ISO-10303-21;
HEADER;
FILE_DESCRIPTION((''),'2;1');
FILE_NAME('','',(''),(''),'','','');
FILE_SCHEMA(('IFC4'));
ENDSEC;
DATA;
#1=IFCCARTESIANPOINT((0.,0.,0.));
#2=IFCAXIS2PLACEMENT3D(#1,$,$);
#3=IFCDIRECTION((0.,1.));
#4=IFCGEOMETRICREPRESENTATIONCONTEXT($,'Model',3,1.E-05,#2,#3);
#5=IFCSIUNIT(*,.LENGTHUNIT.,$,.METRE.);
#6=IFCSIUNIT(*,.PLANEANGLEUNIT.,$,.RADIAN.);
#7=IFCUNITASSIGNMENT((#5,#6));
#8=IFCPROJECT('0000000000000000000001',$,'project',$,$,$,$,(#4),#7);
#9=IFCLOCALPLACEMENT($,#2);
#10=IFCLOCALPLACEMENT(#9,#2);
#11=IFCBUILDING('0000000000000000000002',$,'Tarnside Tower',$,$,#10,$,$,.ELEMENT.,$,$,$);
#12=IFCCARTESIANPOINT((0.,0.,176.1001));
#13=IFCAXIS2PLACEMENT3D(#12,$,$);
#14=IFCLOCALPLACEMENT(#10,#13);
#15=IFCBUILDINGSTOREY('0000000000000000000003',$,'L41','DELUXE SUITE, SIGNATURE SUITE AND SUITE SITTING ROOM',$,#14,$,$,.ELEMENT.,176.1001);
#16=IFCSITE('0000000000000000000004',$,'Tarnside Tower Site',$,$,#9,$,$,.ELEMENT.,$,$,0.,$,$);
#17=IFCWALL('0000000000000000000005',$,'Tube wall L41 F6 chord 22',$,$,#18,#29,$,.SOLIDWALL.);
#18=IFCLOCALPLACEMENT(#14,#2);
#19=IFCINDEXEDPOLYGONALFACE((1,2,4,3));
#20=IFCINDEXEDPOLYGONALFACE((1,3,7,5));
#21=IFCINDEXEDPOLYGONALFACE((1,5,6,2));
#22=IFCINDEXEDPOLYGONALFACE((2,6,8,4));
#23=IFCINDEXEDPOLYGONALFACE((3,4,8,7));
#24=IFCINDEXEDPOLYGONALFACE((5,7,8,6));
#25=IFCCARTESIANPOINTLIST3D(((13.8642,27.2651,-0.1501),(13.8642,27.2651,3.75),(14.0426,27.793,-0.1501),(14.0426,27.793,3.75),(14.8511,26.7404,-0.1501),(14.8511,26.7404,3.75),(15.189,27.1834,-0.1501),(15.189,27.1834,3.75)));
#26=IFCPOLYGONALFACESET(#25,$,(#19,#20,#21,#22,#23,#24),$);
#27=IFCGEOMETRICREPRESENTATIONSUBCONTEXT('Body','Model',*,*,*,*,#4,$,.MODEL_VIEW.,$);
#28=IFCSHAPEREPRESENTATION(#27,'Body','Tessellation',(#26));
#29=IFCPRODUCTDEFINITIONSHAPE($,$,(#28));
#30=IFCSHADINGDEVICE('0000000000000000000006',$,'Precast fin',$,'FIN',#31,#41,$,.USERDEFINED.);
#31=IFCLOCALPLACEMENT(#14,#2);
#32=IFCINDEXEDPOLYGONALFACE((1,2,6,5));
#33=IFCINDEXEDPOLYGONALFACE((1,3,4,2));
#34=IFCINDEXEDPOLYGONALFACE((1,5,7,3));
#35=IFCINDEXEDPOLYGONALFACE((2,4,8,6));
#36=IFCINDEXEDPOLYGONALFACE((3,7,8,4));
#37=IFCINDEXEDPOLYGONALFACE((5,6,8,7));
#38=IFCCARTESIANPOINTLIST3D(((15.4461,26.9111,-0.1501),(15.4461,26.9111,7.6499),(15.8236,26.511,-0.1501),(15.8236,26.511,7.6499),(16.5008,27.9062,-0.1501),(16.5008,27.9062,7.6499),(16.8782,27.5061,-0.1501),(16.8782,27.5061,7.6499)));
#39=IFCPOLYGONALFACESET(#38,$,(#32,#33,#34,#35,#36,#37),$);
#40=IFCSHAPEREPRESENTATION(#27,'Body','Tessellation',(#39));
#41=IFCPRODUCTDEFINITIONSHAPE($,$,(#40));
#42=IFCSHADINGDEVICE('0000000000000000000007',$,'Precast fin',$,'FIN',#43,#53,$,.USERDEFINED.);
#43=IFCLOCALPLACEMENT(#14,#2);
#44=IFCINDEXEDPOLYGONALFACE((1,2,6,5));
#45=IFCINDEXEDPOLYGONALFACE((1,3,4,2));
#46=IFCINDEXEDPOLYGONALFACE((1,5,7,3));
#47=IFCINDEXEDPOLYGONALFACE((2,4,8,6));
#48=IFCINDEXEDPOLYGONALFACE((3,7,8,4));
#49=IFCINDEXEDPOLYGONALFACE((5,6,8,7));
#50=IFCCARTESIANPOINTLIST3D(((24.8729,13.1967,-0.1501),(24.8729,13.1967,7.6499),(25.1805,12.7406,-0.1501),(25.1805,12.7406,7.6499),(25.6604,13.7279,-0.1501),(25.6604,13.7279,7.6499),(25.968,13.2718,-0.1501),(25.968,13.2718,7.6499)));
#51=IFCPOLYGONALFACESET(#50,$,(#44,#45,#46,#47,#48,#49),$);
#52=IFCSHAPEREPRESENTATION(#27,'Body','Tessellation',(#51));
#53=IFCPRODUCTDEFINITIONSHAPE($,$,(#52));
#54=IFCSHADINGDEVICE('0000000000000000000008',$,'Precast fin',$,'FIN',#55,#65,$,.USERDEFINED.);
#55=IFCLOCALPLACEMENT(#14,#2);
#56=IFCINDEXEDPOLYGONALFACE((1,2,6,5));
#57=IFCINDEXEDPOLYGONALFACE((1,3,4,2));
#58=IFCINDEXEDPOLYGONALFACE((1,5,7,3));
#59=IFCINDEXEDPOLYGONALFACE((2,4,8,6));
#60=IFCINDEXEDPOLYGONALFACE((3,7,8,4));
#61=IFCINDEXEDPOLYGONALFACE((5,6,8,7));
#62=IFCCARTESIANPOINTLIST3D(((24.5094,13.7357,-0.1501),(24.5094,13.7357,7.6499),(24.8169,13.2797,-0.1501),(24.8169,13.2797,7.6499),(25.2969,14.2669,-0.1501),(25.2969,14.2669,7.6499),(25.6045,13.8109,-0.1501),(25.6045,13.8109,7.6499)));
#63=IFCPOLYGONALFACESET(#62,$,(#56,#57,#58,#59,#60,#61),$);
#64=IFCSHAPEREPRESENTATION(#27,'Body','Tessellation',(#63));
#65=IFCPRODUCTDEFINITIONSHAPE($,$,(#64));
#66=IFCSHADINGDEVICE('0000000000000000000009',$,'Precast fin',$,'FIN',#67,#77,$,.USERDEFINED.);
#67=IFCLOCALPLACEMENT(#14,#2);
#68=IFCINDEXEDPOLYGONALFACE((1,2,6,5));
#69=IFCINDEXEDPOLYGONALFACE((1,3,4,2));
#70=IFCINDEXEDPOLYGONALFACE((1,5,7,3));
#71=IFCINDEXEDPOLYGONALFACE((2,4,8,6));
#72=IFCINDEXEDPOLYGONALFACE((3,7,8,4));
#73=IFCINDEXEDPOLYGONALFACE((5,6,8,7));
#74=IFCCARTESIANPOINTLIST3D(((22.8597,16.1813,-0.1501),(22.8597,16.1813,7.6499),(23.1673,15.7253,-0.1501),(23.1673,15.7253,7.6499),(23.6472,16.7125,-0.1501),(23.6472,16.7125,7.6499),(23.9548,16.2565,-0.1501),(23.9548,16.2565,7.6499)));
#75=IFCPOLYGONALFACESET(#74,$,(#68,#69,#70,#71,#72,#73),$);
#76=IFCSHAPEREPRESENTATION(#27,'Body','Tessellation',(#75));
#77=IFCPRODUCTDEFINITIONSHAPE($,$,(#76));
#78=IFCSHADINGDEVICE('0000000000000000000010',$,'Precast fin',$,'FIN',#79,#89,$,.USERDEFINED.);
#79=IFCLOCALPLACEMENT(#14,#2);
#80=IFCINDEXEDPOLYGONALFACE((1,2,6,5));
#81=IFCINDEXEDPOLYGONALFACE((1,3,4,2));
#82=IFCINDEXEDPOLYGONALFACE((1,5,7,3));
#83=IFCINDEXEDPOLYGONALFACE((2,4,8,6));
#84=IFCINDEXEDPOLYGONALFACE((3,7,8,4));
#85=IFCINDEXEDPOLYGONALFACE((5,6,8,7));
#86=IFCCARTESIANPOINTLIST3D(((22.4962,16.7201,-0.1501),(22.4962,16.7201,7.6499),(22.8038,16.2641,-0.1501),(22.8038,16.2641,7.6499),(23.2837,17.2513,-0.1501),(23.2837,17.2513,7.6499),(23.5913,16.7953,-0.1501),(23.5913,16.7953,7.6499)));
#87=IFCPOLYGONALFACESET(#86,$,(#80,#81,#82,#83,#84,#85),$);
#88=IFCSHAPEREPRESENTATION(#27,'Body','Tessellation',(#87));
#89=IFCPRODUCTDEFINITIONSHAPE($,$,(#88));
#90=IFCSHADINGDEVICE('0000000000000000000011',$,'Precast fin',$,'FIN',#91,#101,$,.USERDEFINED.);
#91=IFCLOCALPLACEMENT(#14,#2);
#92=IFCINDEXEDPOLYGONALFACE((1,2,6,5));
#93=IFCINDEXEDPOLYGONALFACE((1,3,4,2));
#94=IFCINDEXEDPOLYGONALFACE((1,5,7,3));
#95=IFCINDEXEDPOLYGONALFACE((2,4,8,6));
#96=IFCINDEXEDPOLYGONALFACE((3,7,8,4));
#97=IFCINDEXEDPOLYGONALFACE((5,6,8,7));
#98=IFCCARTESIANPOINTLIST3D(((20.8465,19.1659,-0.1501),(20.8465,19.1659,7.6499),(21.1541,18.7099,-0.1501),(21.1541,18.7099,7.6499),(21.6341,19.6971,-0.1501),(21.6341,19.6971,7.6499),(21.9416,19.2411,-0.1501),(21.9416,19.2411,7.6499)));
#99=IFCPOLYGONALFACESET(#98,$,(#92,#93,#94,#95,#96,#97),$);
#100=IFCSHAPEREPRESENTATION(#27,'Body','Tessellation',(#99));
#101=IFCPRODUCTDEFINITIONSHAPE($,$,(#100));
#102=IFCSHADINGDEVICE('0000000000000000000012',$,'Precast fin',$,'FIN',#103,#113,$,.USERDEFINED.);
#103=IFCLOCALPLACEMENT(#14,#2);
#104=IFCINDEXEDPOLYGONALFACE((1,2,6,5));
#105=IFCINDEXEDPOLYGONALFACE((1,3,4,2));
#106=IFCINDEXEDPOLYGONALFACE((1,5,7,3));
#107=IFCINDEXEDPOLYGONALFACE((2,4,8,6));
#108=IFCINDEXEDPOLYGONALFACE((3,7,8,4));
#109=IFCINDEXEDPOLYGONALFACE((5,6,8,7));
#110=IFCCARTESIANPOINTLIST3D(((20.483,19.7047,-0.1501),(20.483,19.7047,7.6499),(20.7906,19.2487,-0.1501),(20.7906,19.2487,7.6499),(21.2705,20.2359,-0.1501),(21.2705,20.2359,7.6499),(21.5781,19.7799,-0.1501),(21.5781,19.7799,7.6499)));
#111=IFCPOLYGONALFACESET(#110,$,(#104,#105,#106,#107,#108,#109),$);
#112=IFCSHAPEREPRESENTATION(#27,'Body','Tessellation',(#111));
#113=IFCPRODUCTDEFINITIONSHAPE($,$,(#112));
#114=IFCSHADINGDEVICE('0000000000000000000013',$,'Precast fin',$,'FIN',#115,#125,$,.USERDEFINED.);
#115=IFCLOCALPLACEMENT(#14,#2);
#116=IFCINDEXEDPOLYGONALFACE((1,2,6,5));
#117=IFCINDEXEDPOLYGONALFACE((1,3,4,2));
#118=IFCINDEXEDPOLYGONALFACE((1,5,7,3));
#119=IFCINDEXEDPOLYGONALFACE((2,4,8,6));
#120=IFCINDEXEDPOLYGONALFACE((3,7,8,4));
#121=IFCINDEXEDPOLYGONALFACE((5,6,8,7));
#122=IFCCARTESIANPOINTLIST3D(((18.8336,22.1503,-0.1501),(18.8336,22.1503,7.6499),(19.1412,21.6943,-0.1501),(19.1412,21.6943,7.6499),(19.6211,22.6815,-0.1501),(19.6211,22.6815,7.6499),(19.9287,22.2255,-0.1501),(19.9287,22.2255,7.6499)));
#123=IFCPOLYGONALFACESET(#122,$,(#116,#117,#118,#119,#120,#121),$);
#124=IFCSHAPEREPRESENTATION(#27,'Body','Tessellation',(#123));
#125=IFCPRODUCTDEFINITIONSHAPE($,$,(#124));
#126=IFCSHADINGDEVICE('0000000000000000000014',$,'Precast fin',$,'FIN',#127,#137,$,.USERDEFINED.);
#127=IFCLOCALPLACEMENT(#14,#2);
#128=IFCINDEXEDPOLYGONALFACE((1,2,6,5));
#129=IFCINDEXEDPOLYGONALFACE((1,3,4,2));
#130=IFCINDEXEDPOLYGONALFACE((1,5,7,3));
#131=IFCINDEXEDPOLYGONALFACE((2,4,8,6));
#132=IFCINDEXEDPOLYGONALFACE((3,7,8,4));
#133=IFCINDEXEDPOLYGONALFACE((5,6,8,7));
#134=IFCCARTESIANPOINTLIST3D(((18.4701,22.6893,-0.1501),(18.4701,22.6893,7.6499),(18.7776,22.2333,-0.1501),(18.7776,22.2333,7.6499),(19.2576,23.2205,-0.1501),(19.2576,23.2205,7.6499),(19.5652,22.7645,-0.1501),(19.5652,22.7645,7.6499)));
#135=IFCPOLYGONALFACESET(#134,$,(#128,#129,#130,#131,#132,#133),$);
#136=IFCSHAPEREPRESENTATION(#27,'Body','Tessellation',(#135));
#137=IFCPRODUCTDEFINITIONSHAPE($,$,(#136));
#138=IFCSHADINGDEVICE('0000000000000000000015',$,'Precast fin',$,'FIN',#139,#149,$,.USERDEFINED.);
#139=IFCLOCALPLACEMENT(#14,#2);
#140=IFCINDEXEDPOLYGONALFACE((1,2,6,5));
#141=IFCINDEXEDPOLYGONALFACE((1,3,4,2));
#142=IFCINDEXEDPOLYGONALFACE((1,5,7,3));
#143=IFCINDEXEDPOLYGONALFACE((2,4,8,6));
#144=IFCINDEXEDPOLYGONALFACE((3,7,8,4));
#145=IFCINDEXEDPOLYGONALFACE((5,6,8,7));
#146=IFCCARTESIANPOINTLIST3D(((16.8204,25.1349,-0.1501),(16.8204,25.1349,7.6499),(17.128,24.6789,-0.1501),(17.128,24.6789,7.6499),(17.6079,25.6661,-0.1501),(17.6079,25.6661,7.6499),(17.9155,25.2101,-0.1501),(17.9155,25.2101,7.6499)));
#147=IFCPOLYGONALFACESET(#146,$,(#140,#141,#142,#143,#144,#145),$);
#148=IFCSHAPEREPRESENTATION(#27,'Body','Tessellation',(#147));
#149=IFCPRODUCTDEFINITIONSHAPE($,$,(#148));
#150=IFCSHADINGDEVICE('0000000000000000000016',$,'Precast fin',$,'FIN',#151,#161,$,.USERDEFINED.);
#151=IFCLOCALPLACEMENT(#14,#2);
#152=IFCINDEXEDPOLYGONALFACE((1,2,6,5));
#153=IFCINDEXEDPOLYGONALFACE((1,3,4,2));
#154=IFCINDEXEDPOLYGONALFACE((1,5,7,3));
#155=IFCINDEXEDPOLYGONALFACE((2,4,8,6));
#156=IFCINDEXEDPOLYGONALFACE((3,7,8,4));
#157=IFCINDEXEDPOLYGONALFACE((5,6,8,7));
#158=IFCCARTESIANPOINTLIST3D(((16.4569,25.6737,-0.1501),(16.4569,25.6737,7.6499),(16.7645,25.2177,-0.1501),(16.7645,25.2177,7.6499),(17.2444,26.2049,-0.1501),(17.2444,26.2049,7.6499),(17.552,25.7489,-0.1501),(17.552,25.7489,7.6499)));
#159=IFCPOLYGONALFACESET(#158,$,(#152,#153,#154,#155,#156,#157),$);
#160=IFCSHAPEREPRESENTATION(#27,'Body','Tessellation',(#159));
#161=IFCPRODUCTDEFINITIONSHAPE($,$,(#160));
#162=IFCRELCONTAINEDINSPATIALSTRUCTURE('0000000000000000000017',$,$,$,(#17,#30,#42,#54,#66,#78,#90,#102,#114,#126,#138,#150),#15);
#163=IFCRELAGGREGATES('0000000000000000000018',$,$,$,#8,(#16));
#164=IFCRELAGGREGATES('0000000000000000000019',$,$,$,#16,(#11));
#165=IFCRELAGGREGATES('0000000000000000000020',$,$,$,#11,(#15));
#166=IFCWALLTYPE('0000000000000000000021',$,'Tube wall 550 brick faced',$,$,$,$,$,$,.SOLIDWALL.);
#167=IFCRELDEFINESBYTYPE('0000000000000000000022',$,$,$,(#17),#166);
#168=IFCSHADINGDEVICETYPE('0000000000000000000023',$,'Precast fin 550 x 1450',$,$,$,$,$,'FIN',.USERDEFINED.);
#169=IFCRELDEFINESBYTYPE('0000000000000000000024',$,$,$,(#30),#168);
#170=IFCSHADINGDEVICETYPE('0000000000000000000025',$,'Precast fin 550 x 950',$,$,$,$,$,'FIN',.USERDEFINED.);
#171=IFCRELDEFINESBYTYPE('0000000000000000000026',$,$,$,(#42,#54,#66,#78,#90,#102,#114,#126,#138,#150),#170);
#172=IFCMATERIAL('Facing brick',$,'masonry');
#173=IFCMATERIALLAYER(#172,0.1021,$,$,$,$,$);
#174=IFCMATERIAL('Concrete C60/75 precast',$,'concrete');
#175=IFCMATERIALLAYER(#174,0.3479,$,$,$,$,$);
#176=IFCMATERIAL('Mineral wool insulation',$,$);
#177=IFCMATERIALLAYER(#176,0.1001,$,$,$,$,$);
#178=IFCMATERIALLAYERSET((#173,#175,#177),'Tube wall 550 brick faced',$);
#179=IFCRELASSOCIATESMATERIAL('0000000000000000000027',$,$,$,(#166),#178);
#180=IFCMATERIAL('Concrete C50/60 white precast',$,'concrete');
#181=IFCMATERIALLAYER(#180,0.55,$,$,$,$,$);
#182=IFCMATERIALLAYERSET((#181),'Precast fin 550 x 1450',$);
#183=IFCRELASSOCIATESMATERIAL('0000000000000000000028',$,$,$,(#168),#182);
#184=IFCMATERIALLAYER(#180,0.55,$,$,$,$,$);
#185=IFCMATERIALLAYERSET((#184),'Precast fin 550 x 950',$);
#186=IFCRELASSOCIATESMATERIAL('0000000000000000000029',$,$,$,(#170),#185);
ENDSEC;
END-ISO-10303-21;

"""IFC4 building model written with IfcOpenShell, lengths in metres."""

from ifc_helpers import new_model, si_unit, direction, frame, origin, place, context, subcontext, project, spatial, polyline, outline, extrude, material, layer, layer_set, type_object, element, save


model = new_model("IFC4")

# Units and contexts
model_context = context("Model", 3, precision=1e-05, world=origin(), true_north=direction((0.0, 1.0)))
body_context = subcontext(model_context, "Body", "Model", "MODEL_VIEW")
ifc_project = project(units=[si_unit("LENGTHUNIT", "METRE"), si_unit("PLANEANGLEUNIT", "RADIAN")], contexts=[model_context])

# Site, building, storey
site_placement = place(None, origin())
site = spatial("IfcSite", under=ifc_project, at=site_placement, Name="Tarnside Tower Site", CompositionType="ELEMENT", RefElevation=0.0)
building_placement = place(site_placement, origin())
building = spatial("IfcBuilding", under=site, at=building_placement, Name="Tarnside Tower", CompositionType="ELEMENT")
storey_placement = place(building_placement, frame((0.0, 0.0, 176.1001)))
storey = spatial("IfcBuildingStorey", under=building, at=storey_placement, Name="L41", Description="DELUXE SUITE, SIGNATURE SUITE AND SUITE SITTING ROOM", CompositionType="ELEMENT", Elevation=176.1001)

# Wall
ifc_material_1 = material(Name="Facing brick", Category="masonry")
ifc_layer_1 = layer(ifc_material_1, 0.1021)
ifc_material_2 = material(Name="Concrete C60/75 precast", Category="concrete")
ifc_layer_2 = layer(ifc_material_2, 0.3479)
ifc_material_3 = material(Name="Mineral wool insulation")
ifc_layer_3 = layer(ifc_material_3, 0.1001)
ifc_layer_set_1 = layer_set([ifc_layer_1, ifc_layer_2, ifc_layer_3], Name="Tube wall 550 brick faced")
wall_type_1 = type_object("IfcWallType", Name="Tube wall 550 brick faced", PredefinedType="SOLIDWALL", material=ifc_layer_set_1)
wall_1_placement = place(storey_placement, frame((15.02, 26.9619, -0.1501), z_axis=(0.0, 0.0, 1.0), x_axis=(-0.882951, 0.469465, 0.0)))
element("IfcWall", 1, at=wall_1_placement, inside=storey, type_object=wall_type_1, Name="Tube wall L41 F6 chord 22", PredefinedType="SOLIDWALL", context=body_context, shape_type="SweptSolid", body=[
    extrude(outline(polyline([(-0.0452, -0.2749), (1.2532, -0.2749), (1.1628, 0.2749), (0.0452, 0.2749), (-0.0452, -0.2749)])), origin(), (0.0, 0.0, 1.0), 3.9001),
])

# Shading devices
ifc_material_4 = material(Name="Concrete C50/60 white precast", Category="concrete")
ifc_layer_4 = layer(ifc_material_4, 0.55)
ifc_layer_set_2 = layer_set([ifc_layer_4], Name="Precast fin 550 x 1450")
shading_device_type_1 = type_object("IfcShadingDeviceType", Name="Precast fin 550 x 1450", ElementType="FIN", PredefinedType="USERDEFINED", material=ifc_layer_set_2)
shading_device_placement = place(storey_placement, frame((15.6348, 26.7112, -0.1501), z_axis=(0.686242, -0.727374, 0.0), x_axis=(0.727374, 0.686242, 0.0)))
element("IfcShadingDevice", 2, at=shading_device_placement, inside=storey, type_object=shading_device_type_1, Name="Precast fin", ObjectType="FIN", PredefinedType="USERDEFINED", context=body_context, shape_type="SweptSolid", body=[
    extrude(outline(polyline([(0.0, 0.0), (1.45, 0.0), (1.45, 7.8), (0.0, 7.8), (0.0, 0.0)])), frame((0.0, 0.0, -0.2749)), (0.0, 0.0, 1.0), 0.55),
])
ifc_layer_5 = layer(ifc_material_4, 0.55)
ifc_layer_set_3 = layer_set([ifc_layer_5], Name="Precast fin 550 x 950")
shading_device_type_2 = type_object("IfcShadingDeviceType", Name="Precast fin 550 x 950", ElementType="FIN", PredefinedType="USERDEFINED", material=ifc_layer_set_3)
for number, where, z_axis, x_axis, name in (
    (3, (25.0266, 12.9688, -0.1501), (0.559193, -0.829038, 0.0), (0.829038, 0.559193, 0.0), "Precast fin"),
    (4, (24.6631, 13.5078, -0.1501), (0.559193, -0.829038, 0.0), (0.829038, 0.559193, 0.0), "Precast fin"),
    (5, (23.0134, 15.9534, -0.1501), (0.559193, -0.829038, 0.0), (0.829038, 0.559193, 0.0), "Precast fin"),
    (6, (22.6499, 16.4922, -0.1501), (0.559193, -0.829038, 0.0), (0.829038, 0.559193, 0.0), "Precast fin"),
    (7, (21.0002, 18.938, -0.1501), (0.559193, -0.829038, 0.0), (0.829038, 0.559193, 0.0), "Precast fin"),
    (8, (20.6367, 19.4768, -0.1501), (0.559193, -0.829038, 0.0), (0.829038, 0.559193, 0.0), "Precast fin"),
    (9, (18.9873, 21.9224, -0.1501), (0.559193, -0.829038, 0.0), (0.829038, 0.559193, 0.0), "Precast fin"),
    (10, (18.6238, 22.4614, -0.1501), (0.559193, -0.829038, 0.0), (0.829038, 0.559193, 0.0), "Precast fin"),
    (11, (16.9741, 24.907, -0.1501), (0.559193, -0.829038, 0.0), (0.829038, 0.559193, 0.0), "Precast fin"),
    (12, (16.6106, 25.4458, -0.1501), (0.559193, -0.829038, 0.0), (0.829038, 0.559193, 0.0), "Precast fin"),
):
    element("IfcShadingDevice", number, at=place(storey_placement, frame(where, z_axis=z_axis, x_axis=x_axis)), inside=storey, type_object=shading_device_type_2, Name=name, ObjectType="FIN", PredefinedType="USERDEFINED", context=body_context, shape_type="SweptSolid", body=[
        extrude(outline(polyline([(0.0, 0.0), (0.95, 0.0), (0.95, 7.8), (0.0, 7.8), (0.0, 0.0)])), frame((0.0, 0.0, -0.2749)), (0.0, 0.0, 1.0), 0.55),
    ])

save(model, "model.ifc")
